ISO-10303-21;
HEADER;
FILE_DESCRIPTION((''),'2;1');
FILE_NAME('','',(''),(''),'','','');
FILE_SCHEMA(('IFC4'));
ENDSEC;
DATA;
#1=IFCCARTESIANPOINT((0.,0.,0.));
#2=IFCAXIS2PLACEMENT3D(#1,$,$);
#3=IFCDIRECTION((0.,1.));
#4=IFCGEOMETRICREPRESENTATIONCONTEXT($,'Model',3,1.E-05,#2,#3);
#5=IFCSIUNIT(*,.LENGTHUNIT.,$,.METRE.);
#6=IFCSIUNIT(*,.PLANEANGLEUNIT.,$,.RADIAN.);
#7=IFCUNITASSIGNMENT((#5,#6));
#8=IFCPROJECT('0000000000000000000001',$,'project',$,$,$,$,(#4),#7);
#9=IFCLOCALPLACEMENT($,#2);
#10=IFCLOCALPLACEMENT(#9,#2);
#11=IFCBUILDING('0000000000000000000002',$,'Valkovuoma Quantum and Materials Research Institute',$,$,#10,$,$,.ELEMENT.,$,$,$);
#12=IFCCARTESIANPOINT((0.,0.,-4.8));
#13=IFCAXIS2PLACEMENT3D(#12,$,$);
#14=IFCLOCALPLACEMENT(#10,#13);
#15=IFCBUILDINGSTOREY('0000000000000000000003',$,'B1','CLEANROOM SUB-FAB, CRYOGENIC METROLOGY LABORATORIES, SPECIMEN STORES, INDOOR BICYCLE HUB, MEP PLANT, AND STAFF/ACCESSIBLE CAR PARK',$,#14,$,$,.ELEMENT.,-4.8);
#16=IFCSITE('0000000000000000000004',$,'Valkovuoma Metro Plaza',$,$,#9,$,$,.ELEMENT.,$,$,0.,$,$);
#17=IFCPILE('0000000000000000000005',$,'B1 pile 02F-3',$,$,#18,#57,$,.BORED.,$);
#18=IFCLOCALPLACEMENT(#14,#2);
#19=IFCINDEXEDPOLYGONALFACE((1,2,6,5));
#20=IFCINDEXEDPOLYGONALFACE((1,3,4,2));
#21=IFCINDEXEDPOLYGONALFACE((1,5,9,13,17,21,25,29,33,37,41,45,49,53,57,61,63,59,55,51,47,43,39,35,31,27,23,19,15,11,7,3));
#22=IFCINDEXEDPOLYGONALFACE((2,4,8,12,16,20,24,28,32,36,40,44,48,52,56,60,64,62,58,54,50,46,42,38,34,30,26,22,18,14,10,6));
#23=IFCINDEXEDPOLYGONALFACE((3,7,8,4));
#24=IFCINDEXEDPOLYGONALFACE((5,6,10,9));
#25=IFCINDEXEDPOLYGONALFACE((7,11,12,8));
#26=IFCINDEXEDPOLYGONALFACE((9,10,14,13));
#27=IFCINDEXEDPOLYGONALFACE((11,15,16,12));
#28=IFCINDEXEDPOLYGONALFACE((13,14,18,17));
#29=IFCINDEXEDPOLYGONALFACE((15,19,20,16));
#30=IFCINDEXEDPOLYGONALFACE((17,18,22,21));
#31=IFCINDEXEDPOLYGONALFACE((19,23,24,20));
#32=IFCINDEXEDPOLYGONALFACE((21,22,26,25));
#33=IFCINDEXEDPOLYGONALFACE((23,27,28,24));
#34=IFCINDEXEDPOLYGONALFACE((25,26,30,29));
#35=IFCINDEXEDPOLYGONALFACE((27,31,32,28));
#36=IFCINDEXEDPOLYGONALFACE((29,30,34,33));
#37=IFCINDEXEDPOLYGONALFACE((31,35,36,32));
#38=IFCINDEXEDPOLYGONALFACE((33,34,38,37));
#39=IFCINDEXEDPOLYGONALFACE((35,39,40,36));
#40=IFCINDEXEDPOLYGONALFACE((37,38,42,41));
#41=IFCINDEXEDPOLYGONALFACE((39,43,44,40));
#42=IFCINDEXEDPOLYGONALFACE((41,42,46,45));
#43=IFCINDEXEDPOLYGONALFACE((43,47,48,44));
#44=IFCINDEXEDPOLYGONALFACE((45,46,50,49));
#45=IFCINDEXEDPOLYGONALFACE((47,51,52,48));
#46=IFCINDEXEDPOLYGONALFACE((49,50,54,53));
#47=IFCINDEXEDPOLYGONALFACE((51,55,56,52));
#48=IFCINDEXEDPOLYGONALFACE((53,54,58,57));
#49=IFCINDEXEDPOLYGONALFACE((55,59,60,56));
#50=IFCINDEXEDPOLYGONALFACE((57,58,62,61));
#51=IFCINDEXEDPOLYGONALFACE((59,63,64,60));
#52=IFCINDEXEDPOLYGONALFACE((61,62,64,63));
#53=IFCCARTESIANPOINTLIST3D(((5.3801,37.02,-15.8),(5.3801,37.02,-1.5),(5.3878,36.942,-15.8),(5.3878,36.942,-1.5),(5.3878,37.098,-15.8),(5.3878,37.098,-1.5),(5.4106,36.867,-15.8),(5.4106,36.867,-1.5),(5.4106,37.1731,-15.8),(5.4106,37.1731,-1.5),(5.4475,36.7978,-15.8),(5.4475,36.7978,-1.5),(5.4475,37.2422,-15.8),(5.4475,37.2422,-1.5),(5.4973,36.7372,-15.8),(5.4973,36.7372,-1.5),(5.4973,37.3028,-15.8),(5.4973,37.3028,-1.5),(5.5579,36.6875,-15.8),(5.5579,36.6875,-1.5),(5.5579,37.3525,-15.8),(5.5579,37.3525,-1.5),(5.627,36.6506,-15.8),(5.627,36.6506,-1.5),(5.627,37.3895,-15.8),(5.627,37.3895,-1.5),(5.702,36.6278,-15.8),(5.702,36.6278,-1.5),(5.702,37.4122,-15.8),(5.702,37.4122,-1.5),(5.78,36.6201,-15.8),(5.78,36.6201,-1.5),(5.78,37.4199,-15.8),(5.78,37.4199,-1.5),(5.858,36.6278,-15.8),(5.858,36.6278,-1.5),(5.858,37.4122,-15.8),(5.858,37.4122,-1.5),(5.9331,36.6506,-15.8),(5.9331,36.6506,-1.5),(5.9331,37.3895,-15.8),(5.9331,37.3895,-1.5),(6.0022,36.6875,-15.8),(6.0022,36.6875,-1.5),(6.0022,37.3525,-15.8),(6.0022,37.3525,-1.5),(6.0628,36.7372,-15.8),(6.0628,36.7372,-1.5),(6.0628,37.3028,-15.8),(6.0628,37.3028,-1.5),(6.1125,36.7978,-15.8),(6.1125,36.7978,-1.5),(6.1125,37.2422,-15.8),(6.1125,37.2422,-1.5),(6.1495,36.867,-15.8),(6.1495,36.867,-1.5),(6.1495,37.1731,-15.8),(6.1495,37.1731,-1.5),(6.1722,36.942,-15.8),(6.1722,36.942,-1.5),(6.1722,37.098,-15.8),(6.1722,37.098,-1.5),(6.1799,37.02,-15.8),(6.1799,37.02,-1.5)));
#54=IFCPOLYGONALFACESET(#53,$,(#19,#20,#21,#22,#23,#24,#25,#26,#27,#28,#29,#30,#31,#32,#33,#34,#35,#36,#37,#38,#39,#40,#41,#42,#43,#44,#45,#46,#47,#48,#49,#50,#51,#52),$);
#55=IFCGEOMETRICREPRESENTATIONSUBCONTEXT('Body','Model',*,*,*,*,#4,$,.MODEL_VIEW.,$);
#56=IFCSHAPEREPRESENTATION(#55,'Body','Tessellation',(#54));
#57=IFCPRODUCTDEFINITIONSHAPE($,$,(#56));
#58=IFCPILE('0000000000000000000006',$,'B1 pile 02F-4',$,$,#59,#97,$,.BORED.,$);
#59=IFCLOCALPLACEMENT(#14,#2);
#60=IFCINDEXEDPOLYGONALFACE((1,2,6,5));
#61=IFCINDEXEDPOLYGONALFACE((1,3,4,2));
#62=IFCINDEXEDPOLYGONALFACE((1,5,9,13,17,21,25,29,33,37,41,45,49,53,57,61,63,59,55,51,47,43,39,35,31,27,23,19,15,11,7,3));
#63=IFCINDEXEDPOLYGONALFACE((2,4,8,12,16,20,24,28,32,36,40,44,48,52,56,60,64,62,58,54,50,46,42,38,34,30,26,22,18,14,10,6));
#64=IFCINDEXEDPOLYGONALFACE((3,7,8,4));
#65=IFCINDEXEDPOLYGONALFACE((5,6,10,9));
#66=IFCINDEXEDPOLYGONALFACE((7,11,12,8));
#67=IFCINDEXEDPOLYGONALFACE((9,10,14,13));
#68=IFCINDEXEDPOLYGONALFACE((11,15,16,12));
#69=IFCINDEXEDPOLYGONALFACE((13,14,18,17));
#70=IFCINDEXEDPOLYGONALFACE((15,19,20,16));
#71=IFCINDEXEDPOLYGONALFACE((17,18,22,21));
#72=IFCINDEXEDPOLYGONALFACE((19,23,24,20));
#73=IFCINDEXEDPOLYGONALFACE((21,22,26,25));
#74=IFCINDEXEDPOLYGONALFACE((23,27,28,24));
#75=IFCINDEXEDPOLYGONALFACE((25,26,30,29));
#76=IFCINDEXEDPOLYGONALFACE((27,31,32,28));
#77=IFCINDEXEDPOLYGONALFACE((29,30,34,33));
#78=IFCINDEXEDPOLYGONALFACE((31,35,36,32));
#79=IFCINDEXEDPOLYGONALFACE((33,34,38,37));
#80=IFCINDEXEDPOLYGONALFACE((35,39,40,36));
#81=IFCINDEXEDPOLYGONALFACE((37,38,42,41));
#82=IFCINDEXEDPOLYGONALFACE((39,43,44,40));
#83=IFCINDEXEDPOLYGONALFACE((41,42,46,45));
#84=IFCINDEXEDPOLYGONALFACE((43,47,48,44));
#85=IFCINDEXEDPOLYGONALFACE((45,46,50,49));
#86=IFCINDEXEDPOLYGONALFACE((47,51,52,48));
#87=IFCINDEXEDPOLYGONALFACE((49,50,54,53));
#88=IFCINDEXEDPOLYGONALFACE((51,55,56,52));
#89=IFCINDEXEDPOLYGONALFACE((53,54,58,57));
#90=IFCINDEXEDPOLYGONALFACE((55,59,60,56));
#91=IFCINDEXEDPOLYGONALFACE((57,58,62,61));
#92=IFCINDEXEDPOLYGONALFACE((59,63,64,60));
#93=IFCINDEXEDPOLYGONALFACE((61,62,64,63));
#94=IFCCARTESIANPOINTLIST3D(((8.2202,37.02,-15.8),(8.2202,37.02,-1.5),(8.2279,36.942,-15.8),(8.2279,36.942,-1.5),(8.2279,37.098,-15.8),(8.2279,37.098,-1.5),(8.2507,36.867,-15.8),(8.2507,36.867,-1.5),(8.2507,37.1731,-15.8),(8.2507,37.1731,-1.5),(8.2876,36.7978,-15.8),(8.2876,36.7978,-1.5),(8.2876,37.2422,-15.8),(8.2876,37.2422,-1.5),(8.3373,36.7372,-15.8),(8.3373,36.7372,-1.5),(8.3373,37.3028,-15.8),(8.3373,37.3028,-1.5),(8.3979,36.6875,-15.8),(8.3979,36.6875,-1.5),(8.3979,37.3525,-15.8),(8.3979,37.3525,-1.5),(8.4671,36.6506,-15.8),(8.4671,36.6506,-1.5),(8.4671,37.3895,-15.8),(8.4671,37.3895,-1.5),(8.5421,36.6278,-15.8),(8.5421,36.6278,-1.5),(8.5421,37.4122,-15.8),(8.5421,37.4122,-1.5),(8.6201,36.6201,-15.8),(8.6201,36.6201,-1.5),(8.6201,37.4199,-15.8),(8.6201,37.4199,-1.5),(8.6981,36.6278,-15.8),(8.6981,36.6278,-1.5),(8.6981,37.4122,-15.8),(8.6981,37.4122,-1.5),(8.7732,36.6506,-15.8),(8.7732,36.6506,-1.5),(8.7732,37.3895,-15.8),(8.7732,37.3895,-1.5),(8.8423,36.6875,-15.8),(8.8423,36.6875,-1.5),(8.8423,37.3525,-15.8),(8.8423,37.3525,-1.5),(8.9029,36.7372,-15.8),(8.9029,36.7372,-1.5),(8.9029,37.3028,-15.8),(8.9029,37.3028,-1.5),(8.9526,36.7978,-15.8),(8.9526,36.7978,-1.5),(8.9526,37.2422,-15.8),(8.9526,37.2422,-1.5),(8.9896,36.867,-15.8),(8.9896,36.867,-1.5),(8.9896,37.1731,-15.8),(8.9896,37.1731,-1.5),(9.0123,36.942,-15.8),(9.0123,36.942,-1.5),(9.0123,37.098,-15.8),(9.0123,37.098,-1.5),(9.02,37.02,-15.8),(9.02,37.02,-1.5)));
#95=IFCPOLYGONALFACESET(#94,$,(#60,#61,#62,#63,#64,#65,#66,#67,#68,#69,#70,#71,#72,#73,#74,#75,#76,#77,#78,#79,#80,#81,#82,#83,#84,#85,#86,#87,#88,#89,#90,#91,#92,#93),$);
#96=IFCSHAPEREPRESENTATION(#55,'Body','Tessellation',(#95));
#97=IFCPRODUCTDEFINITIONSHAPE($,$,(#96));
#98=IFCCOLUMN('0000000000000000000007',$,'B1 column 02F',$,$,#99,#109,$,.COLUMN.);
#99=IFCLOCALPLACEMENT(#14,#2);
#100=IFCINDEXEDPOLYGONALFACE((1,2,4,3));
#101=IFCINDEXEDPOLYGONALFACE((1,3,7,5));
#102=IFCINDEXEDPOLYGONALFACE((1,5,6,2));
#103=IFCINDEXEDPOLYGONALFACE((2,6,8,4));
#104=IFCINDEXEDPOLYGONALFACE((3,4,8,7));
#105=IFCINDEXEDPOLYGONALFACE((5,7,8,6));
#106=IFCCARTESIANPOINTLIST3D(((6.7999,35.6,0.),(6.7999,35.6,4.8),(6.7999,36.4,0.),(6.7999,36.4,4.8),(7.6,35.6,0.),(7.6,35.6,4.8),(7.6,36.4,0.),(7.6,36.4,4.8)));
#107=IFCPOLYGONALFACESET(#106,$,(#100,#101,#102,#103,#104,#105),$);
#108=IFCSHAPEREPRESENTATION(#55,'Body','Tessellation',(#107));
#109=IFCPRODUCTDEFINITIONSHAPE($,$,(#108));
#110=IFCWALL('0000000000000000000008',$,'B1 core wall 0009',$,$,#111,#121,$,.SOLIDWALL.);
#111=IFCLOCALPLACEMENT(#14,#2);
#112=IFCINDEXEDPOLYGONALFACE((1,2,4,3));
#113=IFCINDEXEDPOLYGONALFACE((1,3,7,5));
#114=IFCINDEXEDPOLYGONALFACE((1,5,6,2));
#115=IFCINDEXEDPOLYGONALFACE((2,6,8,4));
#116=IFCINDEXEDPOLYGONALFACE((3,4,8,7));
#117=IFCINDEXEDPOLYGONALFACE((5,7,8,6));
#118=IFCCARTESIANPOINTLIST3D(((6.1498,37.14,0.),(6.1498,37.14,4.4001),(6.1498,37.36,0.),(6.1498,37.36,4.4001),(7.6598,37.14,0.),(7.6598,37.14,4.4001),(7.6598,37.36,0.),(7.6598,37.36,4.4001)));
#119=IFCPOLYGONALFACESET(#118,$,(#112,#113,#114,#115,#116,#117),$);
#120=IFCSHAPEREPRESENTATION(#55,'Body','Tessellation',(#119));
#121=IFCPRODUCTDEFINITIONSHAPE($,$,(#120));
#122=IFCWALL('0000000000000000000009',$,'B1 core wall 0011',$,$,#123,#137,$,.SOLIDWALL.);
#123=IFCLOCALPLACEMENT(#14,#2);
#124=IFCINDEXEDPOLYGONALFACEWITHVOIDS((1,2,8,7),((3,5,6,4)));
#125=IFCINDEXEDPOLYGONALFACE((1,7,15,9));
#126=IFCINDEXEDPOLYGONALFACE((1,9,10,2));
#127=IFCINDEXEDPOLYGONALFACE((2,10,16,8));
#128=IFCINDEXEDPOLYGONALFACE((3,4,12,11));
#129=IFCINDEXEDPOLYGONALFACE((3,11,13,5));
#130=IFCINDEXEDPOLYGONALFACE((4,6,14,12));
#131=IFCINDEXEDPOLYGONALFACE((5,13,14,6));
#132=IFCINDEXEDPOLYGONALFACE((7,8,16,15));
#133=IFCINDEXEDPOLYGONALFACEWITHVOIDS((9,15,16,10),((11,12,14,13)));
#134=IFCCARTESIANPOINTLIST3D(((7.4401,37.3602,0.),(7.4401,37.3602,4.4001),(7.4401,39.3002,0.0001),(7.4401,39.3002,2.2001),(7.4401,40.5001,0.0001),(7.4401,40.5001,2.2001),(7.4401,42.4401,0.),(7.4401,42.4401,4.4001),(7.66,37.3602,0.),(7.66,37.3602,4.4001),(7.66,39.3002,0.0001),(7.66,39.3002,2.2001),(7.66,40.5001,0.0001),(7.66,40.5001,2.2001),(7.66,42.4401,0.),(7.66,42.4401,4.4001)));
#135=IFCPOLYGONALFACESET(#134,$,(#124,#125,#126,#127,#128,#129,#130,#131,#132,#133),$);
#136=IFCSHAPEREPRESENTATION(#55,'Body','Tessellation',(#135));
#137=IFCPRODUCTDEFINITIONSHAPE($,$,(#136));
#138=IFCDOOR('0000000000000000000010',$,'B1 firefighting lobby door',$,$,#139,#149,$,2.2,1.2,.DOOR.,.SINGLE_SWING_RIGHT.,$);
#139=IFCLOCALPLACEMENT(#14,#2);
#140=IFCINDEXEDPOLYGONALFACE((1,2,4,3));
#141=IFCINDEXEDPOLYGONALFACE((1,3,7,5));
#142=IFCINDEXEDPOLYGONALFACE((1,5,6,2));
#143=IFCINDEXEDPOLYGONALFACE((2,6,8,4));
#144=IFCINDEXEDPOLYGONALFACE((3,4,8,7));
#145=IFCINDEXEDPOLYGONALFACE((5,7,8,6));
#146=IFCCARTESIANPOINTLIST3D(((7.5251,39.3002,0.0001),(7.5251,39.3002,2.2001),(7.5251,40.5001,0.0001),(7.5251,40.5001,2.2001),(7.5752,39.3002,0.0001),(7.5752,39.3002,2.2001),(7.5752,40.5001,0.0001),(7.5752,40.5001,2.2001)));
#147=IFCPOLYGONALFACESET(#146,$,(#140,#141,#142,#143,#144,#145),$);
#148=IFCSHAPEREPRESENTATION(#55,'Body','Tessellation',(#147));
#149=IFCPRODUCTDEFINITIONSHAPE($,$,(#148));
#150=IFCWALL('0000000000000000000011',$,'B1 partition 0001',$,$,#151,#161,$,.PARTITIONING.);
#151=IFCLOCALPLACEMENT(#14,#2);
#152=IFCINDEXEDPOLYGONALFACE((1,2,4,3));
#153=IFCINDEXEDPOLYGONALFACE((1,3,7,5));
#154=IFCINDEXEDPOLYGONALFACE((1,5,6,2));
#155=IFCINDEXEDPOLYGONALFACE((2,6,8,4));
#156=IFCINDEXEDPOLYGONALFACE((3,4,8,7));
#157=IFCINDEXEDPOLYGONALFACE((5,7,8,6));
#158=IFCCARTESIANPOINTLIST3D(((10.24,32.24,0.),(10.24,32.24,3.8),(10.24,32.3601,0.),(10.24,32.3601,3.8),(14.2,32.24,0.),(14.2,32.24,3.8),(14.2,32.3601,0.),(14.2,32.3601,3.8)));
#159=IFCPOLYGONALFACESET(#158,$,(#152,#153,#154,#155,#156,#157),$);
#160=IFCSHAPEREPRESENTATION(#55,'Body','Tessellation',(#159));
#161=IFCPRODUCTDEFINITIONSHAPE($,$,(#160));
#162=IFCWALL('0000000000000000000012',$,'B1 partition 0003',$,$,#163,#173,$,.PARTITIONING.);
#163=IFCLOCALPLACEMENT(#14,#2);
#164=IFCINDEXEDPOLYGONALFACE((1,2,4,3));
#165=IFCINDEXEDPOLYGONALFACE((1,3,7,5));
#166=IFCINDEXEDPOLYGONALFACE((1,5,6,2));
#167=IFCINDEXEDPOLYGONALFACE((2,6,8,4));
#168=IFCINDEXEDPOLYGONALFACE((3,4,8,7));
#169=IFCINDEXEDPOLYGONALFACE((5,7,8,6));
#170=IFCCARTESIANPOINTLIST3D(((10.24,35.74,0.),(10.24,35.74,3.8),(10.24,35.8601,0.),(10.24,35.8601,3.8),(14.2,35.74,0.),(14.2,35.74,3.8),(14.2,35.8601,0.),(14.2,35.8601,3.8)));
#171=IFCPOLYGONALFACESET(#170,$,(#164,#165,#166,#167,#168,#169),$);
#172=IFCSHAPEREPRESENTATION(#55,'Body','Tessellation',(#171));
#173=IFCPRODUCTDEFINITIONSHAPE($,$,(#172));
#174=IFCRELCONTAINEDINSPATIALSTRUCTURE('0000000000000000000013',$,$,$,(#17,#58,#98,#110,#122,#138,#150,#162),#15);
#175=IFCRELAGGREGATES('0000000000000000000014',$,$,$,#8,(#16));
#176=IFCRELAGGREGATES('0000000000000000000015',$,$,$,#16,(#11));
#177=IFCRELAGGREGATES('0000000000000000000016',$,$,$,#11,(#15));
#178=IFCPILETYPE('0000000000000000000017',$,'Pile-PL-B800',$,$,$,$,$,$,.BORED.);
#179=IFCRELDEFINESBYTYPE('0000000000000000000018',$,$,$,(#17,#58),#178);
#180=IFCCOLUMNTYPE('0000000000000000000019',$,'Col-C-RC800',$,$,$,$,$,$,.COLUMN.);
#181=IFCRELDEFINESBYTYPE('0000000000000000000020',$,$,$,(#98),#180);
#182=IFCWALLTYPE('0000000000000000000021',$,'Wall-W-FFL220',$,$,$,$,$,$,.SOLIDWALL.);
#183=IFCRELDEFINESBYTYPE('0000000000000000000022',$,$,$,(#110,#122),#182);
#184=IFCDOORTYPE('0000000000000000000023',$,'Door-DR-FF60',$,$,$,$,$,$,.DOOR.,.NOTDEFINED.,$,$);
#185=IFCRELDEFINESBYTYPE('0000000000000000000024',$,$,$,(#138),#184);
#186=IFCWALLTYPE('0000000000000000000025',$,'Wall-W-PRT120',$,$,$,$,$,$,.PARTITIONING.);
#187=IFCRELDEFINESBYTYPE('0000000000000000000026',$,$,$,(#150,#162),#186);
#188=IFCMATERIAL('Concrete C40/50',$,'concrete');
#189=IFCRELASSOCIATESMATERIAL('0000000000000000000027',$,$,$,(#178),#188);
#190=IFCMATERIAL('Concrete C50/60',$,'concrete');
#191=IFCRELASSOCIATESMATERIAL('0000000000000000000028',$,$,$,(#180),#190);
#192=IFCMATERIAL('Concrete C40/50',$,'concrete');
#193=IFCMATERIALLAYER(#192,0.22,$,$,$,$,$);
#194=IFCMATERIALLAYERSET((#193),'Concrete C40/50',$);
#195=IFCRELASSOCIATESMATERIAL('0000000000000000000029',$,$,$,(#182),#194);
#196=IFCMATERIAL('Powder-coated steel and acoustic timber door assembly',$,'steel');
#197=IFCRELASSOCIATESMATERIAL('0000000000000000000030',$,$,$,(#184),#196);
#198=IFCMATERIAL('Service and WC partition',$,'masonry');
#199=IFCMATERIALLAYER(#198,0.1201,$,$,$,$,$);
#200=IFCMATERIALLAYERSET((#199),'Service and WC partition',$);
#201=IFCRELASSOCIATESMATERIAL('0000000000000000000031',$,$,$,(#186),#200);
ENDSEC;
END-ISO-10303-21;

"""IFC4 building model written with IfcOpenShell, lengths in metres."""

from ifc_helpers import new_model, si_unit, direction, frame, frame_2d, origin, origin_2d, place, context, subcontext, project, spatial, rectangle, circle, extrude, material, layer, layer_set, material_profile, profile_set, type_object, element, fill, save


model = new_model("IFC4")

# Units and contexts
model_context = context("Model", 3, precision=1e-05, world=origin(), true_north=direction((0.0, 1.0)))
body_context = subcontext(model_context, "Body", "Model", "MODEL_VIEW")
ifc_project = project(units=[si_unit("LENGTHUNIT", "METRE"), si_unit("PLANEANGLEUNIT", "RADIAN")], contexts=[model_context])

# Site, building, storey
site_placement = place(None, origin())
site = spatial("IfcSite", under=ifc_project, at=site_placement, Name="Valkovuoma Metro Plaza", CompositionType="ELEMENT", RefElevation=0.0)
building_placement = place(site_placement, origin())
building = spatial("IfcBuilding", under=site, at=building_placement, Name="Valkovuoma Quantum and Materials Research Institute", CompositionType="ELEMENT")
storey_placement = place(building_placement, frame((0.0, 0.0, -4.8)))
storey = spatial("IfcBuildingStorey", under=building, at=storey_placement, Name="B1", Description="CLEANROOM SUB-FAB, CRYOGENIC METROLOGY LABORATORIES, SPECIMEN STORES, INDOOR BICYCLE HUB, MEP PLANT, AND STAFF/ACCESSIBLE CAR PARK", CompositionType="ELEMENT", Elevation=-4.8)

# Piles
ifc_material_1 = material(Name="Concrete C40/50", Category="concrete")
ifc_material_profile_1 = material_profile(ifc_material_1, circle(Radius=0.3999, at=origin_2d()), Name="Concrete C40/50")
ifc_profile_set_1 = profile_set([ifc_material_profile_1], Name="Concrete C40/50")
pile_type_1 = type_object("IfcPileType", Name="Pile-PL-B800", PredefinedType="BORED", material=ifc_profile_set_1)
for number, where, z_axis, x_axis, name in (
    (1, (5.78, 37.02, -1.5), (0.0, 0.0, -1.0), (1.0, 0.0, 0.0), "B1 pile 02F-3"),
    (2, (8.6201, 37.02, -1.5), (0.0, 0.0, -1.0), (1.0, 0.0, 0.0), "B1 pile 02F-4"),
):
    element("IfcPile", number, at=place(storey_placement, frame(where, z_axis=z_axis, x_axis=x_axis)), inside=storey, type_object=pile_type_1, Name=name, PredefinedType="BORED", context=body_context, shape_type="SweptSolid", body=[
        extrude(circle(Radius=0.3999, at=origin_2d()), origin(), (0.0, 0.0, 1.0), 14.3),
    ])

# Column
ifc_material_2 = material(Name="Concrete C50/60", Category="concrete")
ifc_material_profile_2 = material_profile(ifc_material_2, rectangle(XDim=0.8, YDim=0.8, at=origin_2d()), Name="Concrete C50/60")
ifc_profile_set_2 = profile_set([ifc_material_profile_2], Name="Concrete C50/60")
column_type = type_object("IfcColumnType", Name="Col-C-RC800", PredefinedType="COLUMN", material=ifc_profile_set_2)
column_placement = place(storey_placement, frame((7.2, 36.0, 0.0), z_axis=(0.0, 0.0, 1.0), x_axis=(1.0, 0.0, 0.0)))
element("IfcColumn", 3, at=column_placement, inside=storey, type_object=column_type, Name="B1 column 02F", PredefinedType="COLUMN", context=body_context, shape_type="SweptSolid", body=[
    extrude(rectangle(XDim=0.8, YDim=0.8, at=origin_2d()), origin(), (0.0, 0.0, 1.0), 4.8),
])

# Wall
ifc_material_3 = material(Name="Concrete C40/50", Category="concrete")
ifc_layer_1 = layer(ifc_material_3, 0.22)
ifc_layer_set_1 = layer_set([ifc_layer_1], Name="Concrete C40/50")
wall_type_1 = type_object("IfcWallType", Name="Wall-W-FFL220", PredefinedType="SOLIDWALL", material=ifc_layer_set_1)
wall_1_placement = place(storey_placement, frame((6.1499, 37.25, 0.0), z_axis=(0.0, 0.0, 1.0), x_axis=(1.0, 0.0, 0.0)))
element("IfcWall", 4, at=wall_1_placement, inside=storey, type_object=wall_type_1, Name="B1 core wall 0009", PredefinedType="SOLIDWALL", context=body_context, shape_type="SweptSolid", body=[
    extrude(rectangle(XDim=1.51, YDim=0.22, at=frame_2d((0.7549, 0.0))), origin(), (0.0, 0.0, 1.0), 4.4001),
])

# Wall, opening, door
wall_2_placement = place(storey_placement, frame((7.55, 37.3601, 0.0), z_axis=(0.0, 0.0, 1.0), x_axis=(0.0, 1.0, 0.0)))
wall_2 = element("IfcWall", 5, at=wall_2_placement, inside=storey, type_object=wall_type_1, Name="B1 core wall 0011", PredefinedType="SOLIDWALL", context=body_context, shape_type="SweptSolid", body=[
    extrude(rectangle(XDim=5.0798, YDim=0.22, at=frame_2d((2.54, 0.0))), origin(), (0.0, 0.0, 1.0), 4.4001),
])
opening_1_placement = place(wall_2_placement, frame((1.9399, 0.0, 0.0)))
opening_1 = element("IfcOpeningElement", 6, at=opening_1_placement, cuts=wall_2, PredefinedType="OPENING", context=body_context, shape_type="SweptSolid", body=[
    extrude(rectangle(XDim=1.2, YDim=2.2, at=frame_2d((0.6001, 1.1001))), frame((0.0, 0.1201, 0.0), z_axis=(0.0, -1.0, 0.0), x_axis=(1.0, 0.0, 0.0)), (0.0, 0.0, 1.0), 0.24),
])
ifc_material_4 = material(Name="Powder-coated steel and acoustic timber door assembly", Category="steel")
door_type_1 = type_object("IfcDoorType", Name="Door-DR-FF60", OperationType="NOTDEFINED", PredefinedType="DOOR", material=ifc_material_4)
door_1_placement = place(opening_1_placement, origin())
door_1 = element("IfcDoor", 7, at=door_1_placement, inside=storey, type_object=door_type_1, Name="B1 firefighting lobby door", OperationType="SINGLE_SWING_RIGHT", OverallHeight=2.2, OverallWidth=1.2, PredefinedType="DOOR", context=body_context, shape_type="SweptSolid", body=[
    extrude(rectangle(XDim=1.2, YDim=2.2, at=frame_2d((0.6001, 1.1001))), frame((0.0, 0.0249, 0.0), z_axis=(0.0, -1.0, 0.0), x_axis=(1.0, 0.0, 0.0)), (0.0, 0.0, 1.0), 0.05),
])
fill(opening_1, door_1)

# Walls
ifc_material_5 = material(Name="Service and WC partition", Category="masonry")
ifc_layer_2 = layer(ifc_material_5, 0.1201)
ifc_layer_set_2 = layer_set([ifc_layer_2], Name="Service and WC partition")
wall_type_2 = type_object("IfcWallType", Name="Wall-W-PRT120", PredefinedType="PARTITIONING", material=ifc_layer_set_2)
for number, where, z_axis, x_axis, name in (
    (8, (10.24, 32.3, 0.0), (0.0, 0.0, 1.0), (1.0, 0.0, 0.0), "B1 partition 0001"),
    (9, (10.24, 35.8, 0.0), (0.0, 0.0, 1.0), (1.0, 0.0, 0.0), "B1 partition 0003"),
):
    element("IfcWall", number, at=place(storey_placement, frame(where, z_axis=z_axis, x_axis=x_axis)), inside=storey, type_object=wall_type_2, Name=name, PredefinedType="PARTITIONING", context=body_context, shape_type="SweptSolid", body=[
        extrude(rectangle(XDim=3.96, YDim=0.1201, at=frame_2d((1.98, 0.0))), origin(), (0.0, 0.0, 1.0), 3.8),
    ])

save(model, "model.ifc")
